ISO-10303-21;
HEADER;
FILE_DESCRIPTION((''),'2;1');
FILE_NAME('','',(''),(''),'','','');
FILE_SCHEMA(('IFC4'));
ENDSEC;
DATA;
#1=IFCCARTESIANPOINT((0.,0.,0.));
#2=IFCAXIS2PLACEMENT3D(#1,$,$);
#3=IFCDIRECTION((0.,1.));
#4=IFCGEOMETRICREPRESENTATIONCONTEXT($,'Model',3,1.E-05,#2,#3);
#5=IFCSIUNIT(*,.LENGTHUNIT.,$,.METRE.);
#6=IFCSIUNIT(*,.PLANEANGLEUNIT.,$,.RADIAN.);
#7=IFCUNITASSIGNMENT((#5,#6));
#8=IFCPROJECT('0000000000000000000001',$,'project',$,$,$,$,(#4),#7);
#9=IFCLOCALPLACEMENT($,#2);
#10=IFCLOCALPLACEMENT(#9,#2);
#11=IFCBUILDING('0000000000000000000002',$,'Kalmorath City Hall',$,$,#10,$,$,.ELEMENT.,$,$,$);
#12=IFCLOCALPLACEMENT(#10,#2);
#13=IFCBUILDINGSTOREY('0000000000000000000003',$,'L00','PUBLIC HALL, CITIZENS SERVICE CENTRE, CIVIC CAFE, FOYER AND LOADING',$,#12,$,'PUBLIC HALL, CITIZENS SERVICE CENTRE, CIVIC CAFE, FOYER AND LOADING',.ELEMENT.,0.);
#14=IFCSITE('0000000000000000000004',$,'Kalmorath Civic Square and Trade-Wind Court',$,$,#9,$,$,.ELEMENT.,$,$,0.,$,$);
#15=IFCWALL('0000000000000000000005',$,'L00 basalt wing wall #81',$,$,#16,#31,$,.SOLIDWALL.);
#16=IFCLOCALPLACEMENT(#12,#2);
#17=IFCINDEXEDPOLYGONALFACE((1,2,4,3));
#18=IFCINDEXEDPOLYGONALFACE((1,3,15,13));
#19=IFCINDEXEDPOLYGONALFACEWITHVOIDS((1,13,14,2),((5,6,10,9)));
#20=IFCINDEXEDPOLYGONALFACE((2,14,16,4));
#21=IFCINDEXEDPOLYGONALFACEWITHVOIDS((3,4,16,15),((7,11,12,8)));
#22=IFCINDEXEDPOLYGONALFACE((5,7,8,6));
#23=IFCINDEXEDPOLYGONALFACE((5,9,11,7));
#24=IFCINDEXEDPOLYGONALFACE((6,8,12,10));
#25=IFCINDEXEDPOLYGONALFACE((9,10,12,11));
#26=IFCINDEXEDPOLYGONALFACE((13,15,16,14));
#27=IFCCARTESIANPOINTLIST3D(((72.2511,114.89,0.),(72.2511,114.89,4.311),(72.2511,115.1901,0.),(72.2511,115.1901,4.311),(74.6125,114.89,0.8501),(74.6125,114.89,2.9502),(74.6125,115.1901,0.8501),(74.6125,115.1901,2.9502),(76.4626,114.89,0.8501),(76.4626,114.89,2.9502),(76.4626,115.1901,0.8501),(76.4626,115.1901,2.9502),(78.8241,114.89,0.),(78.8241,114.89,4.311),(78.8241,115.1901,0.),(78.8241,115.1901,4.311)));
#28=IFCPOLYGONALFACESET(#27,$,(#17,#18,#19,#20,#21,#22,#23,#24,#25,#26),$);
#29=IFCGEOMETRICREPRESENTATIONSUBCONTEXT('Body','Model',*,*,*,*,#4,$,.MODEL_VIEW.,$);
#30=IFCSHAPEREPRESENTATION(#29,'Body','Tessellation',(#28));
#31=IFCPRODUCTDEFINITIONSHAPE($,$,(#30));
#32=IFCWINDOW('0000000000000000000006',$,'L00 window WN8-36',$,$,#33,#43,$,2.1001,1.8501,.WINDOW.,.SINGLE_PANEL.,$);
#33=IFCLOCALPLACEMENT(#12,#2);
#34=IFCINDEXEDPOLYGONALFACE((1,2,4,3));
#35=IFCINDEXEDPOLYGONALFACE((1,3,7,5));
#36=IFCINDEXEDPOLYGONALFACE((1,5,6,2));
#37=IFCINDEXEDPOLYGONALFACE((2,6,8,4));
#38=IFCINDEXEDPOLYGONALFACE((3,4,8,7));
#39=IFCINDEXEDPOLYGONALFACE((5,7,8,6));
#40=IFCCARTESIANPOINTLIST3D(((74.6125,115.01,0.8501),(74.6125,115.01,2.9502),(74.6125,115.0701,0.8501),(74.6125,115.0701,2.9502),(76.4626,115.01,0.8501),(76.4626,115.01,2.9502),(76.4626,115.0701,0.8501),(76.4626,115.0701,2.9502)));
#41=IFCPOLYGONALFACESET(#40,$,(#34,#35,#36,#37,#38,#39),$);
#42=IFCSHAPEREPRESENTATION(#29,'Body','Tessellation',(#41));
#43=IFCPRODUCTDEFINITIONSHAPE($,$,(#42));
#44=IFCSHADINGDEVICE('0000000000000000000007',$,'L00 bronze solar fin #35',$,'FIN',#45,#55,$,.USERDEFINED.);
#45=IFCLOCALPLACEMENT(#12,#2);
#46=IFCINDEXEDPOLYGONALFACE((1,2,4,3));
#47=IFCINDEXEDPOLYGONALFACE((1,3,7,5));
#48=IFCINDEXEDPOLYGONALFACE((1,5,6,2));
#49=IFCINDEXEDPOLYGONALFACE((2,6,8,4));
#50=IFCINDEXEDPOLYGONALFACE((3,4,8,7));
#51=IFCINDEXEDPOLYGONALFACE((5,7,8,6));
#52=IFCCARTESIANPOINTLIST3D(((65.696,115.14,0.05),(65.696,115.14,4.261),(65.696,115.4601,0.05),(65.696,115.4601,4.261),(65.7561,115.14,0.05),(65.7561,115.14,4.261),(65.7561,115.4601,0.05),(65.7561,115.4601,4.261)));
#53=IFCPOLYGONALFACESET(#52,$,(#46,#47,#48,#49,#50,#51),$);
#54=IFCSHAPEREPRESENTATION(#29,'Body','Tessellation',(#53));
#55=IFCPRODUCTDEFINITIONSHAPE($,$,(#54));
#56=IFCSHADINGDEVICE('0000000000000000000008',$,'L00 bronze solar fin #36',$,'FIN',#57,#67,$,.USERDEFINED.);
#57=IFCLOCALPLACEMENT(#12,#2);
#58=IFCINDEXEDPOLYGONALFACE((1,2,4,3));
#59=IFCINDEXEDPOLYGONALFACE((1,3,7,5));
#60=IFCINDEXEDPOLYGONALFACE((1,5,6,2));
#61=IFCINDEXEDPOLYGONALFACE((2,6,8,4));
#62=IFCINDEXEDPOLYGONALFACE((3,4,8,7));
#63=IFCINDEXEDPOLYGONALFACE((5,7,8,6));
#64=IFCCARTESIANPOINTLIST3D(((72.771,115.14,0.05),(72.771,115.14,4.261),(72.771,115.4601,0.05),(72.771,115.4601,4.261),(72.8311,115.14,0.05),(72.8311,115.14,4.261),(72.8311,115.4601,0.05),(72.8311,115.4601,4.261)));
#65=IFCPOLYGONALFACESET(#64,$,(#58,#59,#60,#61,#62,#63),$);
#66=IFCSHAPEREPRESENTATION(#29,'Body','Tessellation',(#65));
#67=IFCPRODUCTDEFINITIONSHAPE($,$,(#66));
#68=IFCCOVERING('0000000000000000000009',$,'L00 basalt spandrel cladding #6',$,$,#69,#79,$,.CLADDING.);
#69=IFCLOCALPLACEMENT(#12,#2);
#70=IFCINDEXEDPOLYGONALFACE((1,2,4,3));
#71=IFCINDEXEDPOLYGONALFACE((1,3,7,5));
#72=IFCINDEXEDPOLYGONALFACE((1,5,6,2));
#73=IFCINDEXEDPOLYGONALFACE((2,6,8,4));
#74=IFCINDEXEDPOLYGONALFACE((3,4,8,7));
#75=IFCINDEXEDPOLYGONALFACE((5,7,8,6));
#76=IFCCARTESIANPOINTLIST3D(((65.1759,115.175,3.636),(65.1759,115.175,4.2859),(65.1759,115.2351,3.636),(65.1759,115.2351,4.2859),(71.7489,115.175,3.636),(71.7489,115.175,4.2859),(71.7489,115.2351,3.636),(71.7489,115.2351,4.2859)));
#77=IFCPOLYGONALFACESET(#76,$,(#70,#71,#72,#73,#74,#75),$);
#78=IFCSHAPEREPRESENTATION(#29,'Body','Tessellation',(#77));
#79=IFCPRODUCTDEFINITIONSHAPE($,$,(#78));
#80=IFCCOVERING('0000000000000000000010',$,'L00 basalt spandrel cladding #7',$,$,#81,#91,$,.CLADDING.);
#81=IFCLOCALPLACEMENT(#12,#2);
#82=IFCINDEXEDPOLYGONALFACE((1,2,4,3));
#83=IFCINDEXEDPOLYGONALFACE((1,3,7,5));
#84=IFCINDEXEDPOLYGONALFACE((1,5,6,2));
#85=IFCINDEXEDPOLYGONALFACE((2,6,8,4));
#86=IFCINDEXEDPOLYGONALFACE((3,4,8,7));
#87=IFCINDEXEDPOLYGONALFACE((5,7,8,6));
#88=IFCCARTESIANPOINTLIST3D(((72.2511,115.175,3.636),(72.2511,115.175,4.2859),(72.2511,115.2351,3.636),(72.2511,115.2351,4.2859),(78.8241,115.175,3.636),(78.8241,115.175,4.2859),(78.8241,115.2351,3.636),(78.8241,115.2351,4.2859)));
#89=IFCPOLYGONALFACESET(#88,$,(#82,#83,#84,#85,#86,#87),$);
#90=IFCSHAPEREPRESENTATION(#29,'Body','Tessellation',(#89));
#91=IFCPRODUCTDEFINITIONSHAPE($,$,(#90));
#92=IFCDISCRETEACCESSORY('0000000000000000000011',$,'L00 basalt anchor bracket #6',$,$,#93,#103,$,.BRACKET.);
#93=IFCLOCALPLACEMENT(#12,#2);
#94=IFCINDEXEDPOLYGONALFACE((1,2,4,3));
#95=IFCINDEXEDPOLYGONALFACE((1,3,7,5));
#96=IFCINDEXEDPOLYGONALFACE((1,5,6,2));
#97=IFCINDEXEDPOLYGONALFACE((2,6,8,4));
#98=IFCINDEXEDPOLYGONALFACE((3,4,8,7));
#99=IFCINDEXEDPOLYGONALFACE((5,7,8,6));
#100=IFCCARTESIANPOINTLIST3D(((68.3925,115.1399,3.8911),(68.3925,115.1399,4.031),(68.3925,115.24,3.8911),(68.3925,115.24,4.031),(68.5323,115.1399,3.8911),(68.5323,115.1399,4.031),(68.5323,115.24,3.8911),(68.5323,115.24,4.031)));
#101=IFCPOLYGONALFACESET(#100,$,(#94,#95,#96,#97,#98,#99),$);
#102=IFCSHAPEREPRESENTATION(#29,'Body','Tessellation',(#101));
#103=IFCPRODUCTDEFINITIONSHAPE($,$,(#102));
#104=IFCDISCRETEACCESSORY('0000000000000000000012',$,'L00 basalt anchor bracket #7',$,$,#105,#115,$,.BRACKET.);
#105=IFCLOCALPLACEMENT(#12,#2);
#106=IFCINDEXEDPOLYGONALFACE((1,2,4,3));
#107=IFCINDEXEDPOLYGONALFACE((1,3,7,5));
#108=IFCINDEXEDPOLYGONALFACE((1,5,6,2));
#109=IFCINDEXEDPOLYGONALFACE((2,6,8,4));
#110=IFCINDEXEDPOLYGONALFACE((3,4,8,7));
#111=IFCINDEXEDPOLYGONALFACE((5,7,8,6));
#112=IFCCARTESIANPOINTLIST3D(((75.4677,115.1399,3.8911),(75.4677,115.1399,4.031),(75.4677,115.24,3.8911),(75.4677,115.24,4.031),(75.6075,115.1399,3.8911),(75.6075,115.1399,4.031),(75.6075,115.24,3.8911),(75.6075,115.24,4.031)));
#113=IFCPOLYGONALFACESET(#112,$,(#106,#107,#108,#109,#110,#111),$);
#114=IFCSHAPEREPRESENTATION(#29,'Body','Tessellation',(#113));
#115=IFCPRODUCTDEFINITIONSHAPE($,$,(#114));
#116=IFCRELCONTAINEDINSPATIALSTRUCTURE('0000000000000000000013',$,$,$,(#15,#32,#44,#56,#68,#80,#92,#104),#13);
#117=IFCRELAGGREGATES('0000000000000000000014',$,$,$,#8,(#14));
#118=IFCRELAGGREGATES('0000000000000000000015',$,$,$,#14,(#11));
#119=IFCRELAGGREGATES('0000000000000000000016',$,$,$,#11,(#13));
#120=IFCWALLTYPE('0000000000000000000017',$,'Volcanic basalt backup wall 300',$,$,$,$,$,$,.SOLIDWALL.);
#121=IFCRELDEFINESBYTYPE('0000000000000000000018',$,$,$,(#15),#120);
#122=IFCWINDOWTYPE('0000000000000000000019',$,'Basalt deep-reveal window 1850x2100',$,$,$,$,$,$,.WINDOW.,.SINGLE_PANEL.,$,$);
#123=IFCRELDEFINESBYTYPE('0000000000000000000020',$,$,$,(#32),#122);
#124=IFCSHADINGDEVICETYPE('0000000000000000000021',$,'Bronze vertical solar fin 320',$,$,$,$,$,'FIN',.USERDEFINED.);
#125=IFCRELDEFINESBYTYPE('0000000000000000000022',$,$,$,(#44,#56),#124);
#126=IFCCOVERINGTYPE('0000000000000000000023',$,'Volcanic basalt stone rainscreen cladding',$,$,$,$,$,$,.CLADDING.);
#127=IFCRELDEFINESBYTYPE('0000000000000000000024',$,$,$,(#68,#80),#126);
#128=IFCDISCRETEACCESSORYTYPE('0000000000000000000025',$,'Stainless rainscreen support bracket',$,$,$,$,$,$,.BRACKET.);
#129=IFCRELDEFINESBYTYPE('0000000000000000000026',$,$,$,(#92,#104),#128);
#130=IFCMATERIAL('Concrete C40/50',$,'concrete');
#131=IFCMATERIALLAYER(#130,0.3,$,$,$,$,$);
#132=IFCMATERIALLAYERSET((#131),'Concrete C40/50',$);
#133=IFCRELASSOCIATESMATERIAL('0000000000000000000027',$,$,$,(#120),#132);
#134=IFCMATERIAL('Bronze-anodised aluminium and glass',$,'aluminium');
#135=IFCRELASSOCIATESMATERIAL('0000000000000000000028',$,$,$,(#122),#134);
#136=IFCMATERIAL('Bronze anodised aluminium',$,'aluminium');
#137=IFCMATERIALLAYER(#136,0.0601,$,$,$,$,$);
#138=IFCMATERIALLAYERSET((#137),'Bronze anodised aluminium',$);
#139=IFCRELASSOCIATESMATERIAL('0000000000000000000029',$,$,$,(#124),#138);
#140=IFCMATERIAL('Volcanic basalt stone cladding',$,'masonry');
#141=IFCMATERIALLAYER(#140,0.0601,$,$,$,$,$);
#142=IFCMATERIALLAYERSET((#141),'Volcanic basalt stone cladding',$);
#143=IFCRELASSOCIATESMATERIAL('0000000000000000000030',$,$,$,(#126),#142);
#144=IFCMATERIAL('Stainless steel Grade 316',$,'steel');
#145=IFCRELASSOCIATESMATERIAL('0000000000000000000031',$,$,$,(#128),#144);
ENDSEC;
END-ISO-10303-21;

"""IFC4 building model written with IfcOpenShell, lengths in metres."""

from ifc_helpers import new_model, si_unit, direction, frame, frame_2d, origin, origin_2d, place, context, subcontext, project, spatial, rectangle, extrude, material, layer, layer_set, type_object, element, fill, save


model = new_model("IFC4")

# Units and contexts
model_context = context("Model", 3, precision=1e-05, world=origin(), true_north=direction((0.0, 1.0)))
body_context = subcontext(model_context, "Body", "Model", "MODEL_VIEW")
ifc_project = project(units=[si_unit("LENGTHUNIT", "METRE"), si_unit("PLANEANGLEUNIT", "RADIAN")], contexts=[model_context])

# Site, building, storey
site_placement = place(None, origin())
site = spatial("IfcSite", under=ifc_project, at=site_placement, Name="Kalmorath Civic Square and Trade-Wind Court", CompositionType="ELEMENT", RefElevation=0.0)
building_placement = place(site_placement, origin())
building = spatial("IfcBuilding", under=site, at=building_placement, Name="Kalmorath City Hall", CompositionType="ELEMENT")
storey_placement = place(building_placement, origin())
storey = spatial("IfcBuildingStorey", under=building, at=storey_placement, Name="L00", Description="PUBLIC HALL, CITIZENS SERVICE CENTRE, CIVIC CAFE, FOYER AND LOADING", LongName="PUBLIC HALL, CITIZENS SERVICE CENTRE, CIVIC CAFE, FOYER AND LOADING", CompositionType="ELEMENT", Elevation=0.0)

# Wall, opening, window
ifc_material_1 = material(Name="Concrete C40/50", Category="concrete")
ifc_layer_1 = layer(ifc_material_1, 0.3)
ifc_layer_set_1 = layer_set([ifc_layer_1], Name="Concrete C40/50")
wall_type = type_object("IfcWallType", Name="Volcanic basalt backup wall 300", PredefinedType="SOLIDWALL", material=ifc_layer_set_1)
ifc_material_2 = material(Name="Bronze-anodised aluminium and glass", Category="aluminium")
window_type = type_object("IfcWindowType", Name="Basalt deep-reveal window 1850x2100", PartitioningType="SINGLE_PANEL", PredefinedType="WINDOW", material=ifc_material_2)
wall_1_placement = place(storey_placement, frame((72.251, 115.04, 0.0), z_axis=(0.0, 0.0, 1.0), x_axis=(1.0, 0.0, 0.0)))
wall_1 = element("IfcWall", 1, at=wall_1_placement, inside=storey, type_object=wall_type, Name="L00 basalt wing wall #81", PredefinedType="SOLIDWALL", context=body_context, shape_type="SweptSolid", body=[
    extrude(rectangle(XDim=6.573, YDim=0.3, at=frame_2d((3.2866, 0.0))), origin(), (0.0, 0.0, 1.0), 4.311),
])
opening_1_placement = place(wall_1_placement, frame((2.3616, 0.0, 0.8501)))
opening_1 = element("IfcOpeningElement", 2, at=opening_1_placement, cuts=wall_1, PredefinedType="OPENING", context=body_context, shape_type="SweptSolid", body=[
    extrude(rectangle(XDim=1.8501, YDim=2.1001, at=frame_2d((0.925, 1.05))), frame((0.0, 0.1599, 0.0), z_axis=(0.0, -1.0, 0.0), x_axis=(1.0, 0.0, 0.0)), (0.0, 0.0, 1.0), 0.3201),
])
window_1_placement = place(opening_1_placement, origin())
window_1 = element("IfcWindow", 3, at=window_1_placement, inside=storey, type_object=window_type, Name="L00 window WN8-36", OverallHeight=2.1001, OverallWidth=1.8501, PartitioningType="SINGLE_PANEL", PredefinedType="WINDOW", context=body_context, shape_type="SweptSolid", body=[
    extrude(rectangle(XDim=1.8501, YDim=2.1001, at=frame_2d((0.925, 1.05))), frame((0.0, 0.03, 0.0), z_axis=(0.0, -1.0, 0.0), x_axis=(1.0, 0.0, 0.0)), (0.0, 0.0, 1.0), 0.0601),
])
fill(opening_1, window_1)

# Shading devices
ifc_material_3 = material(Name="Bronze anodised aluminium", Category="aluminium")
ifc_layer_2 = layer(ifc_material_3, 0.0601)
ifc_layer_set_2 = layer_set([ifc_layer_2], Name="Bronze anodised aluminium")
shading_device_type = type_object("IfcShadingDeviceType", Name="Bronze vertical solar fin 320", ElementType="FIN", PredefinedType="USERDEFINED", material=ifc_layer_set_2)
for number, where, z_axis, x_axis, name in (
    (4, (65.7261, 115.3, 0.05), (0.0, 0.0, 1.0), (1.0, 0.0, 0.0), "L00 bronze solar fin #35"),
    (5, (72.801, 115.3, 0.05), (0.0, 0.0, 1.0), (1.0, 0.0, 0.0), "L00 bronze solar fin #36"),
):
    element("IfcShadingDevice", number, at=place(storey_placement, frame(where, z_axis=z_axis, x_axis=x_axis)), inside=storey, type_object=shading_device_type, Name=name, ObjectType="FIN", PredefinedType="USERDEFINED", context=body_context, shape_type="SweptSolid", body=[
        extrude(rectangle(XDim=0.0601, YDim=0.3201, at=origin_2d()), origin(), (0.0, 0.0, 1.0), 4.2109),
    ])

# Coverings
ifc_material_4 = material(Name="Volcanic basalt stone cladding", Category="masonry")
ifc_layer_3 = layer(ifc_material_4, 0.0601)
ifc_layer_set_3 = layer_set([ifc_layer_3], Name="Volcanic basalt stone cladding")
covering_type = type_object("IfcCoveringType", Name="Volcanic basalt stone rainscreen cladding", PredefinedType="CLADDING", material=ifc_layer_set_3)
for number, where, z_axis, x_axis, name in (
    (6, (68.4624, 115.2051, 3.636), (0.0, 0.0, 1.0), (1.0, 0.0, 0.0), "L00 basalt spandrel cladding #6"),
    (7, (75.5376, 115.2051, 3.636), (0.0, 0.0, 1.0), (1.0, 0.0, 0.0), "L00 basalt spandrel cladding #7"),
):
    element("IfcCovering", number, at=place(storey_placement, frame(where, z_axis=z_axis, x_axis=x_axis)), inside=storey, type_object=covering_type, Name=name, PredefinedType="CLADDING", context=body_context, shape_type="SweptSolid", body=[
        extrude(rectangle(XDim=6.573, YDim=0.0601, at=origin_2d()), origin(), (0.0, 0.0, 1.0), 0.6499),
    ])

# Discrete accessories
ifc_material_5 = material(Name="Stainless steel Grade 316", Category="steel")
discrete_accessory_type = type_object("IfcDiscreteAccessoryType", Name="Stainless rainscreen support bracket", PredefinedType="BRACKET", material=ifc_material_5)
for number, where, z_axis, x_axis, name in (
    (8, (68.4624, 115.1899, 3.8911), (0.0, 0.0, 1.0), (1.0, 0.0, 0.0), "L00 basalt anchor bracket #6"),
    (9, (75.5376, 115.1899, 3.8911), (0.0, 0.0, 1.0), (1.0, 0.0, 0.0), "L00 basalt anchor bracket #7"),
):
    element("IfcDiscreteAccessory", number, at=place(storey_placement, frame(where, z_axis=z_axis, x_axis=x_axis)), inside=storey, type_object=discrete_accessory_type, Name=name, PredefinedType="BRACKET", context=body_context, shape_type="SweptSolid", body=[
        extrude(rectangle(XDim=0.1399, YDim=0.1001, at=origin_2d()), origin(), (0.0, 0.0, 1.0), 0.1399),
    ])

save(model, "model.ifc")
